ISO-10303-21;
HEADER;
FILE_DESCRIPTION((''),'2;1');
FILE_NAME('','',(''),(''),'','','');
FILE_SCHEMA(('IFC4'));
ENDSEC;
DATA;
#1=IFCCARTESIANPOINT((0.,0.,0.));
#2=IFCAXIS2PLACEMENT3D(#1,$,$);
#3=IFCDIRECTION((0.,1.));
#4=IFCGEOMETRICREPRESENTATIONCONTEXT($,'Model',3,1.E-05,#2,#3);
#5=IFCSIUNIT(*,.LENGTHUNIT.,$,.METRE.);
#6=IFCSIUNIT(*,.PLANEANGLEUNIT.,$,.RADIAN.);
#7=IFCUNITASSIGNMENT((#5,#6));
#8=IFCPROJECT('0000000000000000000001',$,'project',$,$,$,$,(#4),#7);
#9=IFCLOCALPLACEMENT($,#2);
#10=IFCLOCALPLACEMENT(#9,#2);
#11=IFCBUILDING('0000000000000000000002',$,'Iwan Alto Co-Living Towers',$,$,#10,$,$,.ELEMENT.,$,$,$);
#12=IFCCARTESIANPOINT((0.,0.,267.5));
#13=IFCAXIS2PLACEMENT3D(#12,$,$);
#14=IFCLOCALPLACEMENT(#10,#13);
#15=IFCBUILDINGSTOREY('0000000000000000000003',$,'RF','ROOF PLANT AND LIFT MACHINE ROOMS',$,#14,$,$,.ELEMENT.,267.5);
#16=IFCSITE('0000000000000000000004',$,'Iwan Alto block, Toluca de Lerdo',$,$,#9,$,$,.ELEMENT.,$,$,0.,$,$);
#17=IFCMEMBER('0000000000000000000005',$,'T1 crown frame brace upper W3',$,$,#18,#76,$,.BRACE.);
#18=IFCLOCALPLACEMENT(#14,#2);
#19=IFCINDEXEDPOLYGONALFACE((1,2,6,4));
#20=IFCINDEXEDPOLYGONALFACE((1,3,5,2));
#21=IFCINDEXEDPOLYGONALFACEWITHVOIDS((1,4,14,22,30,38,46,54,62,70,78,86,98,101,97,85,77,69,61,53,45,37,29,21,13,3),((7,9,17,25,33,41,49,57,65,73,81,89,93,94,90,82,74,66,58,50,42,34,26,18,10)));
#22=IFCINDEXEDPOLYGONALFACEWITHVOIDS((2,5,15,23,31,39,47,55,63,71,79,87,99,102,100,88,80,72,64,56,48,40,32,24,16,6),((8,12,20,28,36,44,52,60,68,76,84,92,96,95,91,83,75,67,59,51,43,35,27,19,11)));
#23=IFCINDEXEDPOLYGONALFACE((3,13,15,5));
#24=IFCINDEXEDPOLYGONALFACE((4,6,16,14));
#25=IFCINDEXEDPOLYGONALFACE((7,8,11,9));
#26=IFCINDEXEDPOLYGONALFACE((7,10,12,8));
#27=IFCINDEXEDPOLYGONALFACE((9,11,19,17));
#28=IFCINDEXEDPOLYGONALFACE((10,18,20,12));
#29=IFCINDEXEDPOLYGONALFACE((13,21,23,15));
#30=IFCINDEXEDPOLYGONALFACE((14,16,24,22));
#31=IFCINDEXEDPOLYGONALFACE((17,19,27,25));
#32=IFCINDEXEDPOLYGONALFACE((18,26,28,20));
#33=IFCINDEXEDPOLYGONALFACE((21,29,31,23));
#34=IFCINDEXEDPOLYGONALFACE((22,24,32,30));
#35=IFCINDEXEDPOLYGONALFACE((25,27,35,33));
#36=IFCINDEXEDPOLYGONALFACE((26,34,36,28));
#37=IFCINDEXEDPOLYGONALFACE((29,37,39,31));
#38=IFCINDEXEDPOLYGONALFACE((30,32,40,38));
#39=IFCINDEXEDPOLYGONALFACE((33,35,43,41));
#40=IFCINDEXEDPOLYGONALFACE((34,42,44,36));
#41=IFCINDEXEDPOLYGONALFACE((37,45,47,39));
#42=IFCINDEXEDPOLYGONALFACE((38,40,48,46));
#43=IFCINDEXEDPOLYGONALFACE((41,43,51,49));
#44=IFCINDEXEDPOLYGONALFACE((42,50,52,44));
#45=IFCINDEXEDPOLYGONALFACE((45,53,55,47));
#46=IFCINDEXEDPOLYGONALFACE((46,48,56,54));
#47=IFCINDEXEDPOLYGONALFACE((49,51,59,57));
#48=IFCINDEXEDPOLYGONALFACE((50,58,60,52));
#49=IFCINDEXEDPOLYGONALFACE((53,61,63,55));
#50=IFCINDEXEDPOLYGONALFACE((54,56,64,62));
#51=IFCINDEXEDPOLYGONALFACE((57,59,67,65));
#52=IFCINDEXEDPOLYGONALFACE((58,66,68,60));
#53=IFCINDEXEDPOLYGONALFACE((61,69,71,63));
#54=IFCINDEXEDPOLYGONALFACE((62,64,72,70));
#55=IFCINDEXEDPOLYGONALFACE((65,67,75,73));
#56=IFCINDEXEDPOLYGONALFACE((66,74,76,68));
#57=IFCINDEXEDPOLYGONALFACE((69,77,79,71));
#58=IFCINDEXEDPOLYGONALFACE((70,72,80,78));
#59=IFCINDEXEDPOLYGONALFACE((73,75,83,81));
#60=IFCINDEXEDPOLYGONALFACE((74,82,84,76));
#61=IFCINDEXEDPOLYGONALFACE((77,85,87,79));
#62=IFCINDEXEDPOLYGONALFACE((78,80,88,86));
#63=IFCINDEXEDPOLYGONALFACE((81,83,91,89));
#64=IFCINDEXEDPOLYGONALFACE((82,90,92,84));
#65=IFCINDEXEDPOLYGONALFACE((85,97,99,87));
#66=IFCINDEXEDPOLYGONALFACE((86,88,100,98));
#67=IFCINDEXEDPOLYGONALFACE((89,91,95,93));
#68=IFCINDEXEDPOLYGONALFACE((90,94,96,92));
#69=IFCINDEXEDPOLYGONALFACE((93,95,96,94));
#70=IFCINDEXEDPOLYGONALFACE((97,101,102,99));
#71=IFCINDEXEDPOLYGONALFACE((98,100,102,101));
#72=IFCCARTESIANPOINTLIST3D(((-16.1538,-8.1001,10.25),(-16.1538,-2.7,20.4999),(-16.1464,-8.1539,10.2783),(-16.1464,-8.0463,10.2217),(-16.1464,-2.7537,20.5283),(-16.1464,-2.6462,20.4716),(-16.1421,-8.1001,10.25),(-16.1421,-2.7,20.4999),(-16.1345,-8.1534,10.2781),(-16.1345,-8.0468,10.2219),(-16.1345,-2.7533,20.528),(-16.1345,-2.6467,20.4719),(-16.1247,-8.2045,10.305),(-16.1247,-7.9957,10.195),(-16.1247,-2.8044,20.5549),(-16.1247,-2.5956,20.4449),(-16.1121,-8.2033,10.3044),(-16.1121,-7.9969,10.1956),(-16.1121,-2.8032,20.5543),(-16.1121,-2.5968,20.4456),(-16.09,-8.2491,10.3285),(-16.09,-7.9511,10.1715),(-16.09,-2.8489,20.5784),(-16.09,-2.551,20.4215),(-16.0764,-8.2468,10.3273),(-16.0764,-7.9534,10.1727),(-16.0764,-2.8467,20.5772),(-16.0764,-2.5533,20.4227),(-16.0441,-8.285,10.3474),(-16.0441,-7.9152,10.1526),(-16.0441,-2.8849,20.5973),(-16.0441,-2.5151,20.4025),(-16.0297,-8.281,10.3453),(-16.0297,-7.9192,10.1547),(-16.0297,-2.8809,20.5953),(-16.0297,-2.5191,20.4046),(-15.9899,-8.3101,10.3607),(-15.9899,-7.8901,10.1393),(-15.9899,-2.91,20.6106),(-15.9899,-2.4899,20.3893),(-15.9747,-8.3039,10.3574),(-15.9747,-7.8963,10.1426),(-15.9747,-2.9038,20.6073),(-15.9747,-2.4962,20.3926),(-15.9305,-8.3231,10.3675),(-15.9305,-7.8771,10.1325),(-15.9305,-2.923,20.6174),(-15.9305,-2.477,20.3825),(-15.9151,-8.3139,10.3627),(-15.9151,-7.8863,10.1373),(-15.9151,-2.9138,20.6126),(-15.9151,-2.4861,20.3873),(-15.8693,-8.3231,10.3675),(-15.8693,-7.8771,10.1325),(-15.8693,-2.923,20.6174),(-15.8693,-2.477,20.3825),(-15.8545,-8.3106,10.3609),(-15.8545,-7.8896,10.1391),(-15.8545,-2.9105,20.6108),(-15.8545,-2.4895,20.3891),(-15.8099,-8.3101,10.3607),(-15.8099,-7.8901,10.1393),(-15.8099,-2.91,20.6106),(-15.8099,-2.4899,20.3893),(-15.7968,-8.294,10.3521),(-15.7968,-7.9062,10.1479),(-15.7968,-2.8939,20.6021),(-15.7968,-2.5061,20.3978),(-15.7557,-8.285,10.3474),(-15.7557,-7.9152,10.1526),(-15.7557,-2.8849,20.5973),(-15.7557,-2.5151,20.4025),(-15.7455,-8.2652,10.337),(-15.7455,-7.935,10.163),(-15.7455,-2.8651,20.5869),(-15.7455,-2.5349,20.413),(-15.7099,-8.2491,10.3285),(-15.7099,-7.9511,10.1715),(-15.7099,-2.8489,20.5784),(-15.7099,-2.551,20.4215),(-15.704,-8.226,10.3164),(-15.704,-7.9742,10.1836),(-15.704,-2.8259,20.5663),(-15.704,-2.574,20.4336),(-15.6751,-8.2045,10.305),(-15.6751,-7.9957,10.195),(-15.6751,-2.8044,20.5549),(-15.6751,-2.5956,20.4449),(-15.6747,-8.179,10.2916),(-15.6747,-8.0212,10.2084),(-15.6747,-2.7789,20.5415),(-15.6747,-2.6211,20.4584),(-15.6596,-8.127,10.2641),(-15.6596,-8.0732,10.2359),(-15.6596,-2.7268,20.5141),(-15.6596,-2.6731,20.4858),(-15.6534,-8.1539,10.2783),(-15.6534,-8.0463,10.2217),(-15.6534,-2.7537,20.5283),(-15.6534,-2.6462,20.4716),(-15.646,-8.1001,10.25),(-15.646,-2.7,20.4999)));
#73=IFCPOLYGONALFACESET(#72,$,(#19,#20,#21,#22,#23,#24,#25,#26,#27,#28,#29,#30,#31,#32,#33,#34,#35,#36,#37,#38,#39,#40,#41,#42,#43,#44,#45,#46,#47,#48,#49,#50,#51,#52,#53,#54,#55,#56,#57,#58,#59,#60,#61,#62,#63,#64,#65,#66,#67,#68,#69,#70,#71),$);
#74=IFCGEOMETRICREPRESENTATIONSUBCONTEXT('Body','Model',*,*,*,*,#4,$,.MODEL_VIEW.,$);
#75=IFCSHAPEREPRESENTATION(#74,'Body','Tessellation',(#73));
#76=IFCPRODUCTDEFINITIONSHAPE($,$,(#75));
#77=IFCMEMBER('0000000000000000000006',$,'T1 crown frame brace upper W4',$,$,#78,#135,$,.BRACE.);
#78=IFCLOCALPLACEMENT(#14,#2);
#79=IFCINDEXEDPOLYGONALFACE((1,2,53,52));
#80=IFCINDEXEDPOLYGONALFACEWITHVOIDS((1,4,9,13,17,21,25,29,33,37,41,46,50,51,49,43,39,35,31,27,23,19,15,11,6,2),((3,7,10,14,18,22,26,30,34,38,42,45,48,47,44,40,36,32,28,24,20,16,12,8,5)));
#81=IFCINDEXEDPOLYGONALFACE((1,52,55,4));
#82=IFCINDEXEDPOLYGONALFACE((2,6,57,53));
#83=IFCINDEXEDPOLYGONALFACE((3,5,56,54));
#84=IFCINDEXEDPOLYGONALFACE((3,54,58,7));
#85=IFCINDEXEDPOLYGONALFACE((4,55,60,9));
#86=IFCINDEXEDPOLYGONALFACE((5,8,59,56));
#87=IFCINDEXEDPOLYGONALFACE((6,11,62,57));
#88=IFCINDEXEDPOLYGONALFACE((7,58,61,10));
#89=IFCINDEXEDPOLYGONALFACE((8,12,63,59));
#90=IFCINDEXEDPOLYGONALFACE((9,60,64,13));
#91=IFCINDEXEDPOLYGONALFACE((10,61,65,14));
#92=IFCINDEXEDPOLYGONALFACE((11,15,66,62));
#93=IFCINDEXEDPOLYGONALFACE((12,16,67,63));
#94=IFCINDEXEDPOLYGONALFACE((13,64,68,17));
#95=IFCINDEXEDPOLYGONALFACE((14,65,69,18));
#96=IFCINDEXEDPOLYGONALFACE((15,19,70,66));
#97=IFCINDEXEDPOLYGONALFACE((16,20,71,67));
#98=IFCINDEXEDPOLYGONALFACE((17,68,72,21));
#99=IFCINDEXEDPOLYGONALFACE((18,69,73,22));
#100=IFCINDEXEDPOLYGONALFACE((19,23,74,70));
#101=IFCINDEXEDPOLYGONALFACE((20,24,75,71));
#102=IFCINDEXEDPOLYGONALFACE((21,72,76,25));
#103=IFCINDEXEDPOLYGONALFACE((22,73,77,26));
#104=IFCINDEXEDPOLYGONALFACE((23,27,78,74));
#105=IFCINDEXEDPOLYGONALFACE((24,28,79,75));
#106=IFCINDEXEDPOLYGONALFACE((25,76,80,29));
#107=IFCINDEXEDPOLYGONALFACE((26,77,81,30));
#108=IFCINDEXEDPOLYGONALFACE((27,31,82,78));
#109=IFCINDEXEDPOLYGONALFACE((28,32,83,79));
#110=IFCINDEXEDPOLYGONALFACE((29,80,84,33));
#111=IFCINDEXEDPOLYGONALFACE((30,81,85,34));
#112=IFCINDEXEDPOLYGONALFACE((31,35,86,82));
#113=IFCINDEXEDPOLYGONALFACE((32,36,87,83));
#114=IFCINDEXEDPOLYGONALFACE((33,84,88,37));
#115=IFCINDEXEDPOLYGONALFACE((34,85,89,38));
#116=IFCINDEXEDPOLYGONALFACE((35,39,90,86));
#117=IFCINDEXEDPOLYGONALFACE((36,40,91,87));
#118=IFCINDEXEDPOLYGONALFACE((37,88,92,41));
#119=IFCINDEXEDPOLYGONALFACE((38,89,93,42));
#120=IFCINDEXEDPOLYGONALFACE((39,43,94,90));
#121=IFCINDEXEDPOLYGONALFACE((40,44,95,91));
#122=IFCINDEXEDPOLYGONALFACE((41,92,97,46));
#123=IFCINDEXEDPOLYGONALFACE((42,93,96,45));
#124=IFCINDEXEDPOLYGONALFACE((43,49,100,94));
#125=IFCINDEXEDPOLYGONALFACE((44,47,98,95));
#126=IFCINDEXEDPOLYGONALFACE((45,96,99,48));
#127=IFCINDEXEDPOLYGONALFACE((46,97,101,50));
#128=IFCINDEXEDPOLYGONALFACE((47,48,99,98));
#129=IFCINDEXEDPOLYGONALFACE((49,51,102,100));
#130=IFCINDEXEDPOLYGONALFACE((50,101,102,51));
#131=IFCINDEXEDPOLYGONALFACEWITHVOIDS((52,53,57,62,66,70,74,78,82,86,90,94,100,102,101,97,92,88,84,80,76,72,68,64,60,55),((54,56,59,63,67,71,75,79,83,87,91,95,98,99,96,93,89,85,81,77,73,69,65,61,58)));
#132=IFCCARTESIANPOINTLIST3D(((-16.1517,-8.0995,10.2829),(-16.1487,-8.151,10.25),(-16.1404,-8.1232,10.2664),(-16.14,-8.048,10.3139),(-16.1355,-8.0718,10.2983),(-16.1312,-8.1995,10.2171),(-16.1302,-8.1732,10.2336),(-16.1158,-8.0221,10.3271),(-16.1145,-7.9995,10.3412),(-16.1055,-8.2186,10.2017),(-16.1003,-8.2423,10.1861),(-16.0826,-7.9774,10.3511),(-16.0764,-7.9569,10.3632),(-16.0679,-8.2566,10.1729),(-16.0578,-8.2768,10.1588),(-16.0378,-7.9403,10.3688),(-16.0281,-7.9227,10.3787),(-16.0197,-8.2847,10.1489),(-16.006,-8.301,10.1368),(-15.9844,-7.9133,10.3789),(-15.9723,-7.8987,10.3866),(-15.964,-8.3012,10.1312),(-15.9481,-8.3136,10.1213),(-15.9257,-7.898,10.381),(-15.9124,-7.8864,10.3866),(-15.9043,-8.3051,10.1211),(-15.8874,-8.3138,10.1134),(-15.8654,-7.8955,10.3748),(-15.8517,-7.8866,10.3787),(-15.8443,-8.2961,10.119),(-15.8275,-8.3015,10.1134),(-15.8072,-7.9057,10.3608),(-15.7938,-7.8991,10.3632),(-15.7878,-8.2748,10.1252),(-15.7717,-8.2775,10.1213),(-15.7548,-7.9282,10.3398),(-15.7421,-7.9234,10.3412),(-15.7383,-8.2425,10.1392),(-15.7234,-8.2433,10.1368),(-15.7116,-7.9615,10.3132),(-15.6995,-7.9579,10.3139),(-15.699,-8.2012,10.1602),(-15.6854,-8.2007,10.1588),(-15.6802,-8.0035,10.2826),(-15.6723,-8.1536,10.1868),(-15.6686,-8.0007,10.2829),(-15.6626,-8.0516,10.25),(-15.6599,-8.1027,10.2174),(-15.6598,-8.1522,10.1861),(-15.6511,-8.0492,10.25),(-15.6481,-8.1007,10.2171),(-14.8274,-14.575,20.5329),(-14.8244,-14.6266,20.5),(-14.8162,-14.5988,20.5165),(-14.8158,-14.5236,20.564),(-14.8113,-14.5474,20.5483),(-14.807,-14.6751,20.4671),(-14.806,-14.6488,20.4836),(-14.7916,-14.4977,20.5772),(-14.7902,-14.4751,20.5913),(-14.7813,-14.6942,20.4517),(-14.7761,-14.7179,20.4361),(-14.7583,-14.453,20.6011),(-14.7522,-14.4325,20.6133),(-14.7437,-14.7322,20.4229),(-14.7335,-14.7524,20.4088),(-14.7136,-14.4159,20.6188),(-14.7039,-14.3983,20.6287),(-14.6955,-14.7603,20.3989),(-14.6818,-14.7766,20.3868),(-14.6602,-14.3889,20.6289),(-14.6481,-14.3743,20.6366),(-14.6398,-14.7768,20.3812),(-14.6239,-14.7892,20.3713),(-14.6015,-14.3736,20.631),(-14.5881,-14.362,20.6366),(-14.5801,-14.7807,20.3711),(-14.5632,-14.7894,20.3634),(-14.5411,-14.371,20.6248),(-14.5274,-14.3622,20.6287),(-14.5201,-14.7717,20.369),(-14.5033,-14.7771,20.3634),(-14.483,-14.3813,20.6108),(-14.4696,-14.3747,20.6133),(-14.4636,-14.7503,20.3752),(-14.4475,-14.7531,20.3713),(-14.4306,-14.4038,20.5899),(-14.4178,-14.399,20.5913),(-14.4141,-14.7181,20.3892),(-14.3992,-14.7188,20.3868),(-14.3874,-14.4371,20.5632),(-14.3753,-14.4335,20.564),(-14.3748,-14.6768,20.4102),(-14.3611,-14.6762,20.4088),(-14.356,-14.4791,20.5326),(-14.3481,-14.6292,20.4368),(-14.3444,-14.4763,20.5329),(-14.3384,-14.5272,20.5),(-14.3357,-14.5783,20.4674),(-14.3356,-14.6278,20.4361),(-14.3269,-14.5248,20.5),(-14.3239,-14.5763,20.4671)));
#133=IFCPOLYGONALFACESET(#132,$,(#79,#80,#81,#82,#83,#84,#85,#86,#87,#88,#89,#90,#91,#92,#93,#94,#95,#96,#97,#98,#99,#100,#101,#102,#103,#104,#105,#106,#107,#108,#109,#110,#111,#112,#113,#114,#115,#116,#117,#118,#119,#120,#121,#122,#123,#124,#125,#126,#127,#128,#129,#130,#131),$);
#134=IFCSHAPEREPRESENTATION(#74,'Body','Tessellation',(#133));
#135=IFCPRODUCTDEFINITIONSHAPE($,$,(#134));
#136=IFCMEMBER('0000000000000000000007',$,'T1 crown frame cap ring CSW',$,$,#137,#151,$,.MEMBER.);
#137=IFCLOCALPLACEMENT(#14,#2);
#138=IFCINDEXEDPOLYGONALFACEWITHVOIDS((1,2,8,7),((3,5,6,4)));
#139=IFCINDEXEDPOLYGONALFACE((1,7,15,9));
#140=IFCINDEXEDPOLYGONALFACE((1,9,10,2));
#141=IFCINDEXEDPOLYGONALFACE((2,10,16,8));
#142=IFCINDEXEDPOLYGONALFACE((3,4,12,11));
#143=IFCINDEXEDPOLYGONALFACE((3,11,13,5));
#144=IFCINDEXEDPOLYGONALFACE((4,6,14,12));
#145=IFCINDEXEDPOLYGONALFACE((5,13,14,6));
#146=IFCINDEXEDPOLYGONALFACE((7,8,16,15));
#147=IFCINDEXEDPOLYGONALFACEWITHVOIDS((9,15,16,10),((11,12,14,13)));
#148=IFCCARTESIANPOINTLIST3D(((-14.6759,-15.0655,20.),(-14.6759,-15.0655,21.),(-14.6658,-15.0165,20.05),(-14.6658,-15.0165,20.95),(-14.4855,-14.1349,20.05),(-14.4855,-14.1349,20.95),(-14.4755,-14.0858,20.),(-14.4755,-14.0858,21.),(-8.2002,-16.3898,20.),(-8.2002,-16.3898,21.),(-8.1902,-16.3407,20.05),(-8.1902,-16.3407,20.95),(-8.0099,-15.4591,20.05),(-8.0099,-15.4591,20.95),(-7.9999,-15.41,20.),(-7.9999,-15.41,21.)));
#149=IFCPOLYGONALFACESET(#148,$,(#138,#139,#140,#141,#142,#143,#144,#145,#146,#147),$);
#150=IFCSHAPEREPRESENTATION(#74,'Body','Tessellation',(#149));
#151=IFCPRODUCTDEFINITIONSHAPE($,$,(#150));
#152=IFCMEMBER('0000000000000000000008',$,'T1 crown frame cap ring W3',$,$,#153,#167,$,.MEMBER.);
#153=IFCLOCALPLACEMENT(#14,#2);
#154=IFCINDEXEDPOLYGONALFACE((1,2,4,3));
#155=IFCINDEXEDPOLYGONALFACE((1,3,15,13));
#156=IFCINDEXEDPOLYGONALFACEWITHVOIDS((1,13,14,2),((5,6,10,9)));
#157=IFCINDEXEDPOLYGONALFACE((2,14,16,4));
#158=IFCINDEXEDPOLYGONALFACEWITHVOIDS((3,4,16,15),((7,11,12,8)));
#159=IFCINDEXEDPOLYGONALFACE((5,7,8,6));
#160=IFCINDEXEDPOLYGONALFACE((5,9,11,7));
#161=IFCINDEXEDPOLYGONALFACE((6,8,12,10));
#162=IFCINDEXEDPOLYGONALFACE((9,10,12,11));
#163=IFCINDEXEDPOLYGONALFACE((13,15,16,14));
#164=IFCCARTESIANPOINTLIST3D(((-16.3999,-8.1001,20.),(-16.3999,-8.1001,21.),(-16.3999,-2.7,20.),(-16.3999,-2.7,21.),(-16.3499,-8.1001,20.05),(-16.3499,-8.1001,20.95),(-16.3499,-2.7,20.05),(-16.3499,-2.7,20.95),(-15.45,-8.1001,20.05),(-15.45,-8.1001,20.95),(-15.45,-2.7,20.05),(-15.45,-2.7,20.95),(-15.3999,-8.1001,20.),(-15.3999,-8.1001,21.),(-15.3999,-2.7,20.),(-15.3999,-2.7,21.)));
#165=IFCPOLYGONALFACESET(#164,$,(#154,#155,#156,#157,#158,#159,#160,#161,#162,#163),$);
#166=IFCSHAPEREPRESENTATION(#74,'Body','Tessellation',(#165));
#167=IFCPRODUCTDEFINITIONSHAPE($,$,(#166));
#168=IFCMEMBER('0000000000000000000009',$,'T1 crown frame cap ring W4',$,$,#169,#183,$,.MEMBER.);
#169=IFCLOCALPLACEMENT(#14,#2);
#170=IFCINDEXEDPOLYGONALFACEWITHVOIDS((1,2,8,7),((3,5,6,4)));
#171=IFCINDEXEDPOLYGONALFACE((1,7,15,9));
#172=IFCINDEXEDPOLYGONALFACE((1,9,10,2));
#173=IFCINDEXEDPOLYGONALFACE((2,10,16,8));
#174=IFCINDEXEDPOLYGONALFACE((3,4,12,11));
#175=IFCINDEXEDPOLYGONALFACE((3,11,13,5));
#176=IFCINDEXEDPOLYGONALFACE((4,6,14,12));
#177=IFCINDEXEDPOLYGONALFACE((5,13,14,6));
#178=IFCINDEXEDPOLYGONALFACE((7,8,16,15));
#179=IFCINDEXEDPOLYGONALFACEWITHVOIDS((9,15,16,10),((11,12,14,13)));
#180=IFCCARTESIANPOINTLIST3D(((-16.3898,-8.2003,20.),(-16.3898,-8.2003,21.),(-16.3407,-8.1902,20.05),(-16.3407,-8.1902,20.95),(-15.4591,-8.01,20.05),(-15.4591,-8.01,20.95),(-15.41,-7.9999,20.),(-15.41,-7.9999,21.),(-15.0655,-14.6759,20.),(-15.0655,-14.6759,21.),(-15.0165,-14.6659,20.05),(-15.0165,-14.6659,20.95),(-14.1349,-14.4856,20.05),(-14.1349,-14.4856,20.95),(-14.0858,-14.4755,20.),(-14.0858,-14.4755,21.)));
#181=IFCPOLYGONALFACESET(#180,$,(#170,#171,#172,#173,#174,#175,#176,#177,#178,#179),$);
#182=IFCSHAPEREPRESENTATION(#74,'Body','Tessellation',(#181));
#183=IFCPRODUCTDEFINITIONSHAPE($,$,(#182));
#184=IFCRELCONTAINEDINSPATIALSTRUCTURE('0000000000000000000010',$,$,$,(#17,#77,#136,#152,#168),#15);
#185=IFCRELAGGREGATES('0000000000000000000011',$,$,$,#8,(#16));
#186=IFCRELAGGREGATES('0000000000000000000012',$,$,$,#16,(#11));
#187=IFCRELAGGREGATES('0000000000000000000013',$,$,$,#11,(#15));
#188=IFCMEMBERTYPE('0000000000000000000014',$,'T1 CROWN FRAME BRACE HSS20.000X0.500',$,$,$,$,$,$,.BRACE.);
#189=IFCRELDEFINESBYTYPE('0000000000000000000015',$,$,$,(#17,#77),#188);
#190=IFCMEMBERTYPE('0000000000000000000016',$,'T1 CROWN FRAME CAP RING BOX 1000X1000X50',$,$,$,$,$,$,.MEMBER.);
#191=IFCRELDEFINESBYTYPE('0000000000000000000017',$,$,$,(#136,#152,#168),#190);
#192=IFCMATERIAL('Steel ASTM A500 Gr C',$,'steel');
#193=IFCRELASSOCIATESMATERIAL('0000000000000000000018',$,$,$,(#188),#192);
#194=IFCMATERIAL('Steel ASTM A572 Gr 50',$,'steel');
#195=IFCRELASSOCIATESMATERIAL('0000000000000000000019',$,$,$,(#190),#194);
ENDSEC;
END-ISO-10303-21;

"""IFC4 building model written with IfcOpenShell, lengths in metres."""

from ifc_helpers import new_model, si_unit, direction, frame, origin, origin_2d, place, context, subcontext, project, spatial, hollow_rectangle, hollow_circle, extrude, material, material_profile, profile_set, type_object, element, save


model = new_model("IFC4")

# Units and contexts
model_context = context("Model", 3, precision=1e-05, world=origin(), true_north=direction((0.0, 1.0)))
body_context = subcontext(model_context, "Body", "Model", "MODEL_VIEW")
ifc_project = project(units=[si_unit("LENGTHUNIT", "METRE"), si_unit("PLANEANGLEUNIT", "RADIAN")], contexts=[model_context])

# Site, building, storey
site_placement = place(None, origin())
site = spatial("IfcSite", under=ifc_project, at=site_placement, Name="Iwan Alto block, Toluca de Lerdo", CompositionType="ELEMENT", RefElevation=0.0)
building_placement = place(site_placement, origin())
building = spatial("IfcBuilding", under=site, at=building_placement, Name="Iwan Alto Co-Living Towers", CompositionType="ELEMENT")
storey_placement = place(building_placement, frame((0.0, 0.0, 267.5)))
storey = spatial("IfcBuildingStorey", under=building, at=storey_placement, Name="RF", Description="ROOF PLANT AND LIFT MACHINE ROOMS", CompositionType="ELEMENT", Elevation=267.5)

# Members
ifc_material_1 = material(Name="Steel ASTM A500 Gr C", Category="steel")
ifc_material_profile_1 = material_profile(ifc_material_1, hollow_circle(Radius=0.2539, WallThickness=0.0117, at=origin_2d()), Name="HSS20.000X0.500")
ifc_profile_set_1 = profile_set([ifc_material_profile_1], Name="Steel ASTM A500 Gr C")
member_type_1 = type_object("IfcMemberType", Name="T1 CROWN FRAME BRACE HSS20.000X0.500", PredefinedType="BRACE", material=ifc_profile_set_1)
member_1_placement = place(storey_placement, frame((-15.8999, -8.1001, 10.25), z_axis=(0.0, 0.466112, 0.884726), x_axis=(-1.0, 0.0, 0.0)))
element("IfcMember", 1, at=member_1_placement, inside=storey, type_object=member_type_1, Name="T1 crown frame brace upper W3", PredefinedType="BRACE", context=body_context, shape_type="SweptSolid", body=[
    extrude(hollow_circle(Radius=0.2539, WallThickness=0.0117, at=origin_2d()), origin(), (0.0, 0.0, 1.0), 11.5854),
])
member_2_placement = place(storey_placement, frame((-15.8999, -8.1001, 10.25), z_axis=(0.108576, -0.530948, 0.84042), x_axis=(0.979725, 0.200348, 0.0)))
element("IfcMember", 2, at=member_2_placement, inside=storey, type_object=member_type_1, Name="T1 crown frame brace upper W4", PredefinedType="BRACE", context=body_context, shape_type="SweptSolid", body=[
    extrude(hollow_circle(Radius=0.2539, WallThickness=0.0117, at=origin_2d()), origin(), (0.0, 0.0, 1.0), 12.1963),
])
ifc_material_2 = material(Name="Steel ASTM A572 Gr 50", Category="steel")
ifc_material_profile_2 = material_profile(ifc_material_2, hollow_rectangle(XDim=1.0, YDim=1.0, WallThickness=0.05, at=origin_2d()), Name="BOX 1000X1000X50")
ifc_profile_set_2 = profile_set([ifc_material_profile_2], Name="Steel ASTM A572 Gr 50")
member_type_2 = type_object("IfcMemberType", Name="T1 CROWN FRAME CAP RING BOX 1000X1000X50", PredefinedType="MEMBER", material=ifc_profile_set_2)
member_3_placement = place(storey_placement, frame((-14.5757, -14.5757, 20.5), z_axis=(0.979725, -0.200348, 0.0), x_axis=(0.200348, 0.979725, 0.0)))
element("IfcMember", 3, at=member_3_placement, inside=storey, type_object=member_type_2, Name="T1 crown frame cap ring CSW", PredefinedType="MEMBER", context=body_context, shape_type="SweptSolid", body=[
    extrude(hollow_rectangle(XDim=1.0, YDim=1.0, WallThickness=0.05, at=origin_2d()), origin(), (0.0, 0.0, 1.0), 6.6096),
])
member_4_placement = place(storey_placement, frame((-15.8999, -2.7, 20.5), z_axis=(0.0, -1.0, 0.0), x_axis=(1.0, 0.0, 0.0)))
element("IfcMember", 4, at=member_4_placement, inside=storey, type_object=member_type_2, Name="T1 crown frame cap ring W3", PredefinedType="MEMBER", context=body_context, shape_type="SweptSolid", body=[
    extrude(hollow_rectangle(XDim=1.0, YDim=1.0, WallThickness=0.05, at=origin_2d()), origin(), (0.0, 0.0, 1.0), 5.4001),
])
member_5_placement = place(storey_placement, frame((-15.8999, -8.1001, 20.5), z_axis=(0.200348, -0.979725, 0.0), x_axis=(0.979725, 0.200348, 0.0)))
element("IfcMember", 5, at=member_5_placement, inside=storey, type_object=member_type_2, Name="T1 crown frame cap ring W4", PredefinedType="MEMBER", context=body_context, shape_type="SweptSolid", body=[
    extrude(hollow_rectangle(XDim=1.0, YDim=1.0, WallThickness=0.05, at=origin_2d()), origin(), (0.0, 0.0, 1.0), 6.6096),
])

save(model, "model.ifc")
